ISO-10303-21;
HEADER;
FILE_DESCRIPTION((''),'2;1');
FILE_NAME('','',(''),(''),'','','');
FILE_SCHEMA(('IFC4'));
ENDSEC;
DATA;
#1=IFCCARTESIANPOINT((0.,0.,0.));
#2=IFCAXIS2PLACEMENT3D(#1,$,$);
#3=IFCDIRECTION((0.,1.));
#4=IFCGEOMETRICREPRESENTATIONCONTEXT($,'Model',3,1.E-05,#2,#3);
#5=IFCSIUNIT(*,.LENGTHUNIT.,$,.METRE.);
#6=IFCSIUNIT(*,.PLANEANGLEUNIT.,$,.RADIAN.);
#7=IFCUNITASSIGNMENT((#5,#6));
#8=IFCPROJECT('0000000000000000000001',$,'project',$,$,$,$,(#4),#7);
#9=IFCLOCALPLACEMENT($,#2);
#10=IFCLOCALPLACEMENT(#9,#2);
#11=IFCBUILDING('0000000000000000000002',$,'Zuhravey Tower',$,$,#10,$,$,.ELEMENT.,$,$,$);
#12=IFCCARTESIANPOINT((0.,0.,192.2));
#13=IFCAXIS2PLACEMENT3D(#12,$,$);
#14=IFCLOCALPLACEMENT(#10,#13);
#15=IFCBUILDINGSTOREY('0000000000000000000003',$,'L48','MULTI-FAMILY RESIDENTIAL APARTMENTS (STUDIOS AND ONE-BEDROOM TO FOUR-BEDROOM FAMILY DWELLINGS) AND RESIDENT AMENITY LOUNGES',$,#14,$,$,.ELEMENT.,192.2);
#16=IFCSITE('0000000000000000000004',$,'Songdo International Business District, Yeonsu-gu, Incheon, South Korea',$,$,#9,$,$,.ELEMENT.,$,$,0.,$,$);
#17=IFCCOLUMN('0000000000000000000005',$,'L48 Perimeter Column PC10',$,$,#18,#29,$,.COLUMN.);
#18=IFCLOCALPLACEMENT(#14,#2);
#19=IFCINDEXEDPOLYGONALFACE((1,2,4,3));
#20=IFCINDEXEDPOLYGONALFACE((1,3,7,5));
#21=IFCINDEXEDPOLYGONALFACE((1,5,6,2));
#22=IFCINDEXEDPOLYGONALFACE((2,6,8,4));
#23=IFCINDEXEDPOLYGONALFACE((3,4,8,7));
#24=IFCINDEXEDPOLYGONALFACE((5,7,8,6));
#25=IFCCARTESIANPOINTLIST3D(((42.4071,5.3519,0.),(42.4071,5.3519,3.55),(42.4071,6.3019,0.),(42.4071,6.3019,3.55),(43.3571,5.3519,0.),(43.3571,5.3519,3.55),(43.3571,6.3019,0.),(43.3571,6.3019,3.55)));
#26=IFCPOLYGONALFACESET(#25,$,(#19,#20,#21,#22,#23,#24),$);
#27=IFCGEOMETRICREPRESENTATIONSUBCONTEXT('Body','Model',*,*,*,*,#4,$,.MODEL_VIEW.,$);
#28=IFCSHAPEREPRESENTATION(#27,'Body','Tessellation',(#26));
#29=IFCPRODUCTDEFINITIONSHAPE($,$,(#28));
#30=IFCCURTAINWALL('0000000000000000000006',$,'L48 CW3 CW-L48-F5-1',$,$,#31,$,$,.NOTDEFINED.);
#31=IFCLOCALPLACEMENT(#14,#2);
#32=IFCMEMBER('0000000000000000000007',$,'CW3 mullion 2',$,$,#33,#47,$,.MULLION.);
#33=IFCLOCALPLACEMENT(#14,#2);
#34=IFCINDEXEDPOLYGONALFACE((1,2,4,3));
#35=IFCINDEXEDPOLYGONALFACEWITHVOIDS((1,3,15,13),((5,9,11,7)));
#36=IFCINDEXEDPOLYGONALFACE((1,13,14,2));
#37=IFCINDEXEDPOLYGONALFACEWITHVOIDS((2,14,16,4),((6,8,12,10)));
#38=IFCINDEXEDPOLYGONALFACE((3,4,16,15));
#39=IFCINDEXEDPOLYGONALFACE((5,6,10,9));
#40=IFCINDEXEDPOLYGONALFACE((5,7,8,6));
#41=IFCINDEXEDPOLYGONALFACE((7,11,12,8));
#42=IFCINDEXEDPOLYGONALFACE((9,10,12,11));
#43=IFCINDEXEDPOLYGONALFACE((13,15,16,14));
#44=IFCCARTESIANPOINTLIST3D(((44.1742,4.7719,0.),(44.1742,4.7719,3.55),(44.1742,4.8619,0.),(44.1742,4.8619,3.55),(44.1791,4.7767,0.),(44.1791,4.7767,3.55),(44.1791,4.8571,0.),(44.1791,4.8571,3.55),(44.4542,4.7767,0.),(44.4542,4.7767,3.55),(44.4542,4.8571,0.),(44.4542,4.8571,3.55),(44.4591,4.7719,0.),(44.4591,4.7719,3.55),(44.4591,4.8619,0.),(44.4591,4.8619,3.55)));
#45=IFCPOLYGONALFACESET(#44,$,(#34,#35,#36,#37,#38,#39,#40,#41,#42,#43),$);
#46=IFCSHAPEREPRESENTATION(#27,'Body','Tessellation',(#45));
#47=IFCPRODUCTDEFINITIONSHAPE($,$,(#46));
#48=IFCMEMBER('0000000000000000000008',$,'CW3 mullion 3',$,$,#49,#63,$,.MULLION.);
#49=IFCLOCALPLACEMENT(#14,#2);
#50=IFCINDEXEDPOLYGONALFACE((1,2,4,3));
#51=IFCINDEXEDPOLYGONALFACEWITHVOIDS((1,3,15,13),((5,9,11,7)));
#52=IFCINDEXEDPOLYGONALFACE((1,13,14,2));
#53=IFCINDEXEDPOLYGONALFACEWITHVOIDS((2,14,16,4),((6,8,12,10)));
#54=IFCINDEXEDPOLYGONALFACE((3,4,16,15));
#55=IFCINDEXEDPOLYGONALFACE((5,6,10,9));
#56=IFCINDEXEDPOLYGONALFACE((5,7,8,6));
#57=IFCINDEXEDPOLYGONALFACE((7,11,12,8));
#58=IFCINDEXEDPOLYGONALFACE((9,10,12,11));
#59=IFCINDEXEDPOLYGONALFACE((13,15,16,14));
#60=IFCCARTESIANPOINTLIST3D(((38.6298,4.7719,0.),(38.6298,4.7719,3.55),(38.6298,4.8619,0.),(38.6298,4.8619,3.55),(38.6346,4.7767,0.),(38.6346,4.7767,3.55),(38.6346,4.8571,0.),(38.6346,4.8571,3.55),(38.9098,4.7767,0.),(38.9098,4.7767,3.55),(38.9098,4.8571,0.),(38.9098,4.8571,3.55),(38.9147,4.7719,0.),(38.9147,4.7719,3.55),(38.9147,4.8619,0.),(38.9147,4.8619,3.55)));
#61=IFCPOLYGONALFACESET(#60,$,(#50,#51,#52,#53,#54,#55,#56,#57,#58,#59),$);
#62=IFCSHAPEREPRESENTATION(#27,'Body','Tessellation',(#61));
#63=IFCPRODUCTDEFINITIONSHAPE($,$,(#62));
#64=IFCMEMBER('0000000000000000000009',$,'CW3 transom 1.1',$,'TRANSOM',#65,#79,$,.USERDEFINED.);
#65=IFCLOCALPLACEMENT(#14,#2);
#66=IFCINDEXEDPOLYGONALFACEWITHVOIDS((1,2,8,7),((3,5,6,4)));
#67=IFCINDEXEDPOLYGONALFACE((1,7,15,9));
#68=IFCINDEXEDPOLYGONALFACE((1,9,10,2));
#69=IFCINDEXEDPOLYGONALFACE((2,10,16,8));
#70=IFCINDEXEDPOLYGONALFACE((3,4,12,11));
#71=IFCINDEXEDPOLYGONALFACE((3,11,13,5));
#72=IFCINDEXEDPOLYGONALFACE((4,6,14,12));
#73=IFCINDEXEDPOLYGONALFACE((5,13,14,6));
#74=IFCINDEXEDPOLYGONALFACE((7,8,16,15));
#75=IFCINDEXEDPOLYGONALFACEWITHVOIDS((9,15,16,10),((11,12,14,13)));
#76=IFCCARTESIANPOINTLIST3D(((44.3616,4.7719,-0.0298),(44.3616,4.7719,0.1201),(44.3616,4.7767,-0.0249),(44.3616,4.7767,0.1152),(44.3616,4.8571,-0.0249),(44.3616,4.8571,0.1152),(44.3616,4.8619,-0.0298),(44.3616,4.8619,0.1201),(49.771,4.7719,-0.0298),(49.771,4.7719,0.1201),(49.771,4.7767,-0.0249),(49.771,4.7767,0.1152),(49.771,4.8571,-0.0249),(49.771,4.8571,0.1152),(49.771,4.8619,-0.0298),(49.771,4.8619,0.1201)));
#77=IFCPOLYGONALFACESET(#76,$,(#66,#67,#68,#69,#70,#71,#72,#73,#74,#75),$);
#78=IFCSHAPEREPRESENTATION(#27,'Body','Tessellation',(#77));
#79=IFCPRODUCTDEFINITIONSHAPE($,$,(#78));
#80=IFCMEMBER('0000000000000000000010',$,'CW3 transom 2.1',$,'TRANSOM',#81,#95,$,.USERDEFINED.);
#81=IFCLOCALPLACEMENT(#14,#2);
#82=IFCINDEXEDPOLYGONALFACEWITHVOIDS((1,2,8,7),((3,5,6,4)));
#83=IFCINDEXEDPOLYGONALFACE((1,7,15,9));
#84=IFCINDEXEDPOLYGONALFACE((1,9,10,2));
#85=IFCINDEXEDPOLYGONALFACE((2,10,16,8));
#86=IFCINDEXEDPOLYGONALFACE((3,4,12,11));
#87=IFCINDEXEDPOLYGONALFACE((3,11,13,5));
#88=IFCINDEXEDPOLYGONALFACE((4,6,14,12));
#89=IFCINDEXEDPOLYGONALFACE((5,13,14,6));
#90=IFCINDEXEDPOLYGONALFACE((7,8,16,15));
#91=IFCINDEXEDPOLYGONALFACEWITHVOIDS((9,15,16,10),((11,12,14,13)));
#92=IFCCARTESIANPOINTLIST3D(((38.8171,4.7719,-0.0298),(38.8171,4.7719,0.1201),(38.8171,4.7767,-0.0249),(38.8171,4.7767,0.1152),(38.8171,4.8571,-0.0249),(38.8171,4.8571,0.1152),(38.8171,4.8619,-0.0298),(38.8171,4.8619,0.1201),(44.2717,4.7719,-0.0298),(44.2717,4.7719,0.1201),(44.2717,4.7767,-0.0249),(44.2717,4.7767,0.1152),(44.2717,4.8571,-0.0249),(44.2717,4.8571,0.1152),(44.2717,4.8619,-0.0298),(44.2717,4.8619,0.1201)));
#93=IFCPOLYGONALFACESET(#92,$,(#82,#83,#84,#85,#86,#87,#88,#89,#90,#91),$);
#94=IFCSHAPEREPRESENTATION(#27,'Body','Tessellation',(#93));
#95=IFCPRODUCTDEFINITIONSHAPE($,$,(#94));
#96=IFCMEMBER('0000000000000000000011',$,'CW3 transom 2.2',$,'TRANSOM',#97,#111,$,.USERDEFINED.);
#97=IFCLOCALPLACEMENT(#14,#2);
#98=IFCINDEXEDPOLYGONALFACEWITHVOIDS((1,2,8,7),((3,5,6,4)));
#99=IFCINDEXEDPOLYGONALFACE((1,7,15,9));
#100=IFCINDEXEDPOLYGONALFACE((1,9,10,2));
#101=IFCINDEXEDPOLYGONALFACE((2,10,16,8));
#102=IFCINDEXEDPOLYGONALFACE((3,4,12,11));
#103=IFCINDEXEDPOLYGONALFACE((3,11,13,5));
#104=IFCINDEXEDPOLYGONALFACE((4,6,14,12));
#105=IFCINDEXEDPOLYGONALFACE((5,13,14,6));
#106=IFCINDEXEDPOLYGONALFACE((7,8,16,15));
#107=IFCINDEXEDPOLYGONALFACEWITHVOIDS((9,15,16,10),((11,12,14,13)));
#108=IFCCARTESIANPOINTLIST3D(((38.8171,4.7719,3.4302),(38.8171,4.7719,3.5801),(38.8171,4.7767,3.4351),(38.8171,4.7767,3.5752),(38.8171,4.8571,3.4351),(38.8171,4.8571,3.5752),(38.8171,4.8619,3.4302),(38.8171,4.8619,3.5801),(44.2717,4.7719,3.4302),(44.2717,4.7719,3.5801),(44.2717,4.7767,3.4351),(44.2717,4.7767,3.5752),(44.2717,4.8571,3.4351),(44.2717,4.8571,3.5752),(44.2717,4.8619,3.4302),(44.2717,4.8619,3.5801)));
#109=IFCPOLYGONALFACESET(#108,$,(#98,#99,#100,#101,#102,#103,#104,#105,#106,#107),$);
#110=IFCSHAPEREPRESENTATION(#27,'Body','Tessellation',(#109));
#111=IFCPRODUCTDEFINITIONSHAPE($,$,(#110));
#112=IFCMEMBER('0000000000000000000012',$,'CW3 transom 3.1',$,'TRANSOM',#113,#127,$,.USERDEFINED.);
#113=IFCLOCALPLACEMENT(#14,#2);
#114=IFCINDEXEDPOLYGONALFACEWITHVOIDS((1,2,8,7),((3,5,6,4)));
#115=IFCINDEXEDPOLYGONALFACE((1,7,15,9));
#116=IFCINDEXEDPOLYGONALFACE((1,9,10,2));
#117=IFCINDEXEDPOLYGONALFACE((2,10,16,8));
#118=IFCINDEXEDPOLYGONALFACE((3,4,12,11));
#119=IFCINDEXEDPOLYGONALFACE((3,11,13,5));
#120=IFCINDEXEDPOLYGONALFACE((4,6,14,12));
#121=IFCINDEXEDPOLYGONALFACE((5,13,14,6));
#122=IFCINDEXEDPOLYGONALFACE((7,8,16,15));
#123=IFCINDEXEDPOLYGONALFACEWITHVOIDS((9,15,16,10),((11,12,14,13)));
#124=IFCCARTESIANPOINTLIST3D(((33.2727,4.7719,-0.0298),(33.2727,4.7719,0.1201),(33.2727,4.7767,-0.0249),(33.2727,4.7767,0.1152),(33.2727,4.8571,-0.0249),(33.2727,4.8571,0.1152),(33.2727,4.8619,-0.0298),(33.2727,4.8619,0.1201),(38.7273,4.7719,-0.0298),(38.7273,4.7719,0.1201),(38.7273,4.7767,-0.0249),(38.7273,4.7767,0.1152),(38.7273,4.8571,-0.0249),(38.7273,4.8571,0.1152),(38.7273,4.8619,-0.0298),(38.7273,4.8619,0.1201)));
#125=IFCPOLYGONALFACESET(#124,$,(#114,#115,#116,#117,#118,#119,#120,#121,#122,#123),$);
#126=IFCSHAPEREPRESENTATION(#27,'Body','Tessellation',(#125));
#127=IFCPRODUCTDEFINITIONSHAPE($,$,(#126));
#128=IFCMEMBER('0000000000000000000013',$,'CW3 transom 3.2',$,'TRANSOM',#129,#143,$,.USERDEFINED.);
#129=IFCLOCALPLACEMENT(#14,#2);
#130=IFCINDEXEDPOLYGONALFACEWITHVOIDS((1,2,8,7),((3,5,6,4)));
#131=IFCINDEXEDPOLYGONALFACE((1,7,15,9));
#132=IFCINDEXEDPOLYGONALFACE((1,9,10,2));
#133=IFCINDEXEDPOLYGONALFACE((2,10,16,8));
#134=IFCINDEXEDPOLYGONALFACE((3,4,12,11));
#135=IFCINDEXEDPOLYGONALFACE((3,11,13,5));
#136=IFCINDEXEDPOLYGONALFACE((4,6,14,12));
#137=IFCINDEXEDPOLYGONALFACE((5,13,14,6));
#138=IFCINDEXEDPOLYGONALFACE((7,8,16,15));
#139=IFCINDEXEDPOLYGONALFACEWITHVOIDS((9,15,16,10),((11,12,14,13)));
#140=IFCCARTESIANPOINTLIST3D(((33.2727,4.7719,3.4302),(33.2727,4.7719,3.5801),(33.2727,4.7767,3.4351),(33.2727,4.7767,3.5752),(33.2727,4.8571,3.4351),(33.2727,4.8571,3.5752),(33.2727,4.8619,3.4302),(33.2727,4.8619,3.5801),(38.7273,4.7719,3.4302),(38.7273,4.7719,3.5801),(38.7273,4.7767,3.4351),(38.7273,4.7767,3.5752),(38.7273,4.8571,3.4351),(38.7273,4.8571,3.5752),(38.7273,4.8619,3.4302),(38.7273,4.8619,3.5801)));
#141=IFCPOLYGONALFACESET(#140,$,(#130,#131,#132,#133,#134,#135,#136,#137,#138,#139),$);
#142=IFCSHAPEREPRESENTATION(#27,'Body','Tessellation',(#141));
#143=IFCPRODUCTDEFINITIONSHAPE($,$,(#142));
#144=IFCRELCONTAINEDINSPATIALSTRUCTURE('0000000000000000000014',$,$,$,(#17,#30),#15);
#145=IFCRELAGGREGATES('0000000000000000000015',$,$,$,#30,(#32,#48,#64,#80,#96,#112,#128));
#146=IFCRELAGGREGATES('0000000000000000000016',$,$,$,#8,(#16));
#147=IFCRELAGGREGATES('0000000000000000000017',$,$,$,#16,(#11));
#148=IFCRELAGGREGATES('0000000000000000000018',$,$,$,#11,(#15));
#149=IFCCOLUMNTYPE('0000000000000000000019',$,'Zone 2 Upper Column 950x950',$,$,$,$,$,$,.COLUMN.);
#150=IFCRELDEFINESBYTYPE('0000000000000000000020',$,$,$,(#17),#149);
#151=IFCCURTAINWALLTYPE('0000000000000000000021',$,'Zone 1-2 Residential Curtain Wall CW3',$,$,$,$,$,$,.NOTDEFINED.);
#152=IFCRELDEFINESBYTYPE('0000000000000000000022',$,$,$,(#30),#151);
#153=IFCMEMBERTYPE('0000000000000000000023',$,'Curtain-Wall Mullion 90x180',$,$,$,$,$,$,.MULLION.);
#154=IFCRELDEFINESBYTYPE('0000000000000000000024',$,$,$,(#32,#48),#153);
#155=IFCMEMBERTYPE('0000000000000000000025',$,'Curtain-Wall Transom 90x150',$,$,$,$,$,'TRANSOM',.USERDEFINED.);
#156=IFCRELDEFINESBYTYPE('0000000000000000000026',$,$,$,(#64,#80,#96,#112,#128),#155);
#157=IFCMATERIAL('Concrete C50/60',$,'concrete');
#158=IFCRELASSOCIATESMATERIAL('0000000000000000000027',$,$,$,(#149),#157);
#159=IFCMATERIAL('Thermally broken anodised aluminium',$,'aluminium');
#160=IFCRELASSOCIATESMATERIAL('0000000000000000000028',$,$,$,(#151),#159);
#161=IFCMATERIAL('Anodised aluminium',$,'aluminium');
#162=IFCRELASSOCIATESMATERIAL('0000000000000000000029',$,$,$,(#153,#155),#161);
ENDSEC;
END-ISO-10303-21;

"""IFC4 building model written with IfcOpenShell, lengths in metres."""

from ifc_helpers import new_model, si_unit, direction, frame, origin, origin_2d, place, context, subcontext, project, spatial, rectangle, hollow_rectangle, extrude, material, material_profile, profile_set, type_object, element, aggregate, save


model = new_model("IFC4")

# Units and contexts
model_context = context("Model", 3, precision=1e-05, world=origin(), true_north=direction((0.0, 1.0)))
body_context = subcontext(model_context, "Body", "Model", "MODEL_VIEW")
ifc_project = project(units=[si_unit("LENGTHUNIT", "METRE"), si_unit("PLANEANGLEUNIT", "RADIAN")], contexts=[model_context])

# Site, building, storey
site_placement = place(None, origin())
site = spatial("IfcSite", under=ifc_project, at=site_placement, Name="Songdo International Business District, Yeonsu-gu, Incheon, South Korea", CompositionType="ELEMENT", RefElevation=0.0)
building_placement = place(site_placement, origin())
building = spatial("IfcBuilding", under=site, at=building_placement, Name="Zuhravey Tower", CompositionType="ELEMENT")
storey_placement = place(building_placement, frame((0.0, 0.0, 192.2)))
storey = spatial("IfcBuildingStorey", under=building, at=storey_placement, Name="L48", Description="MULTI-FAMILY RESIDENTIAL APARTMENTS (STUDIOS AND ONE-BEDROOM TO FOUR-BEDROOM FAMILY DWELLINGS) AND RESIDENT AMENITY LOUNGES", CompositionType="ELEMENT", Elevation=192.2)

# Column
ifc_material_1 = material(Name="Concrete C50/60", Category="concrete")
ifc_material_profile_1 = material_profile(ifc_material_1, rectangle(XDim=0.95, YDim=0.95, at=origin_2d()), Name="RC-950x950")
ifc_profile_set_1 = profile_set([ifc_material_profile_1], Name="Concrete C50/60")
column_type = type_object("IfcColumnType", Name="Zone 2 Upper Column 950x950", PredefinedType="COLUMN", material=ifc_profile_set_1)
column_placement = place(storey_placement, frame((42.8821, 5.8269, 0.0), z_axis=(0.0, 0.0, 1.0), x_axis=(1.0, 0.0, 0.0)))
element("IfcColumn", 1, at=column_placement, inside=storey, type_object=column_type, Name="L48 Perimeter Column PC10", PredefinedType="COLUMN", context=body_context, shape_type="SweptSolid", body=[
    extrude(rectangle(XDim=0.95, YDim=0.95, at=origin_2d()), origin(), (0.0, 0.0, 1.0), 3.55),
])

# Curtain wall, members
ifc_material_2 = material(Name="Thermally broken anodised aluminium", Category="aluminium")
curtain_wall_type = type_object("IfcCurtainWallType", Name="Zone 1-2 Residential Curtain Wall CW3", PredefinedType="NOTDEFINED", material=ifc_material_2)
curtain_wall_placement = place(storey_placement, origin())
curtain_wall = element("IfcCurtainWall", 2, at=curtain_wall_placement, inside=storey, type_object=curtain_wall_type, Name="L48 CW3 CW-L48-F5-1", PredefinedType="NOTDEFINED")
ifc_material_3 = material(Name="Anodised aluminium", Category="aluminium")
ifc_material_profile_2 = material_profile(ifc_material_3, hollow_rectangle(XDim=0.0901, YDim=0.2849, WallThickness=0.0049, at=origin_2d()), Name="ALU-RHS-90x285x5")
ifc_profile_set_2 = profile_set([ifc_material_profile_2], Name="Anodised aluminium")
member_type_1 = type_object("IfcMemberType", Name="Curtain-Wall Mullion 90x180", PredefinedType="MULLION", material=ifc_profile_set_2)
member_1_placement = place(storey_placement, frame((44.3167, 4.8169, 0.0), z_axis=(0.0, 0.0, 1.0), x_axis=(0.0, -1.0, 0.0)))
member_1 = element("IfcMember", 3, at=member_1_placement, type_object=member_type_1, Name="CW3 mullion 2", PredefinedType="MULLION", context=body_context, shape_type="SweptSolid", body=[
    extrude(hollow_rectangle(XDim=0.0901, YDim=0.2849, WallThickness=0.0049, at=origin_2d()), origin(), (0.0, 0.0, 1.0), 3.55),
])
member_2_placement = place(storey_placement, frame((38.7722, 4.8169, 0.0), z_axis=(0.0, 0.0, 1.0), x_axis=(0.0, -1.0, 0.0)))
member_2 = element("IfcMember", 4, at=member_2_placement, type_object=member_type_1, Name="CW3 mullion 3", PredefinedType="MULLION", context=body_context, shape_type="SweptSolid", body=[
    extrude(hollow_rectangle(XDim=0.0901, YDim=0.2849, WallThickness=0.0049, at=origin_2d()), origin(), (0.0, 0.0, 1.0), 3.55),
])
ifc_material_profile_3 = material_profile(ifc_material_3, hollow_rectangle(XDim=0.0901, YDim=0.1499, WallThickness=0.0049, at=origin_2d()), Name="ALU-RHS-90x150x5")
ifc_profile_set_3 = profile_set([ifc_material_profile_3], Name="Anodised aluminium")
member_type_2 = type_object("IfcMemberType", Name="Curtain-Wall Transom 90x150", ElementType="TRANSOM", PredefinedType="USERDEFINED", material=ifc_profile_set_3)
member_3_placement = place(storey_placement, frame((49.771, 4.8169, 0.0452), z_axis=(-1.0, 0.0, 0.0), x_axis=(0.0, -1.0, 0.0)))
member_3 = element("IfcMember", 5, at=member_3_placement, type_object=member_type_2, Name="CW3 transom 1.1", ObjectType="TRANSOM", PredefinedType="USERDEFINED", context=body_context, shape_type="SweptSolid", body=[
    extrude(hollow_rectangle(XDim=0.0901, YDim=0.1499, WallThickness=0.0049, at=origin_2d()), origin(), (0.0, 0.0, 1.0), 5.4094),
])
member_4_placement = place(storey_placement, frame((44.2717, 4.8169, 0.0452), z_axis=(-1.0, 0.0, 0.0), x_axis=(0.0, -1.0, 0.0)))
member_4 = element("IfcMember", 6, at=member_4_placement, type_object=member_type_2, Name="CW3 transom 2.1", ObjectType="TRANSOM", PredefinedType="USERDEFINED", context=body_context, shape_type="SweptSolid", body=[
    extrude(hollow_rectangle(XDim=0.0901, YDim=0.1499, WallThickness=0.0049, at=origin_2d()), origin(), (0.0, 0.0, 1.0), 5.4546),
])
member_5_placement = place(storey_placement, frame((44.2717, 4.8169, 3.5051), z_axis=(-1.0, 0.0, 0.0), x_axis=(0.0, -1.0, 0.0)))
member_5 = element("IfcMember", 7, at=member_5_placement, type_object=member_type_2, Name="CW3 transom 2.2", ObjectType="TRANSOM", PredefinedType="USERDEFINED", context=body_context, shape_type="SweptSolid", body=[
    extrude(hollow_rectangle(XDim=0.0901, YDim=0.1499, WallThickness=0.0049, at=origin_2d()), origin(), (0.0, 0.0, 1.0), 5.4546),
])
member_6_placement = place(storey_placement, frame((38.7273, 4.8169, 0.0452), z_axis=(-1.0, 0.0, 0.0), x_axis=(0.0, -1.0, 0.0)))
member_6 = element("IfcMember", 8, at=member_6_placement, type_object=member_type_2, Name="CW3 transom 3.1", ObjectType="TRANSOM", PredefinedType="USERDEFINED", context=body_context, shape_type="SweptSolid", body=[
    extrude(hollow_rectangle(XDim=0.0901, YDim=0.1499, WallThickness=0.0049, at=origin_2d()), origin(), (0.0, 0.0, 1.0), 5.4546),
])
member_7_placement = place(storey_placement, frame((38.7273, 4.8169, 3.5051), z_axis=(-1.0, 0.0, 0.0), x_axis=(0.0, -1.0, 0.0)))
member_7 = element("IfcMember", 9, at=member_7_placement, type_object=member_type_2, Name="CW3 transom 3.2", ObjectType="TRANSOM", PredefinedType="USERDEFINED", context=body_context, shape_type="SweptSolid", body=[
    extrude(hollow_rectangle(XDim=0.0901, YDim=0.1499, WallThickness=0.0049, at=origin_2d()), origin(), (0.0, 0.0, 1.0), 5.4546),
])

aggregate(curtain_wall, [member_1, member_2, member_3, member_4, member_5, member_6, member_7])

save(model, "model.ifc")
